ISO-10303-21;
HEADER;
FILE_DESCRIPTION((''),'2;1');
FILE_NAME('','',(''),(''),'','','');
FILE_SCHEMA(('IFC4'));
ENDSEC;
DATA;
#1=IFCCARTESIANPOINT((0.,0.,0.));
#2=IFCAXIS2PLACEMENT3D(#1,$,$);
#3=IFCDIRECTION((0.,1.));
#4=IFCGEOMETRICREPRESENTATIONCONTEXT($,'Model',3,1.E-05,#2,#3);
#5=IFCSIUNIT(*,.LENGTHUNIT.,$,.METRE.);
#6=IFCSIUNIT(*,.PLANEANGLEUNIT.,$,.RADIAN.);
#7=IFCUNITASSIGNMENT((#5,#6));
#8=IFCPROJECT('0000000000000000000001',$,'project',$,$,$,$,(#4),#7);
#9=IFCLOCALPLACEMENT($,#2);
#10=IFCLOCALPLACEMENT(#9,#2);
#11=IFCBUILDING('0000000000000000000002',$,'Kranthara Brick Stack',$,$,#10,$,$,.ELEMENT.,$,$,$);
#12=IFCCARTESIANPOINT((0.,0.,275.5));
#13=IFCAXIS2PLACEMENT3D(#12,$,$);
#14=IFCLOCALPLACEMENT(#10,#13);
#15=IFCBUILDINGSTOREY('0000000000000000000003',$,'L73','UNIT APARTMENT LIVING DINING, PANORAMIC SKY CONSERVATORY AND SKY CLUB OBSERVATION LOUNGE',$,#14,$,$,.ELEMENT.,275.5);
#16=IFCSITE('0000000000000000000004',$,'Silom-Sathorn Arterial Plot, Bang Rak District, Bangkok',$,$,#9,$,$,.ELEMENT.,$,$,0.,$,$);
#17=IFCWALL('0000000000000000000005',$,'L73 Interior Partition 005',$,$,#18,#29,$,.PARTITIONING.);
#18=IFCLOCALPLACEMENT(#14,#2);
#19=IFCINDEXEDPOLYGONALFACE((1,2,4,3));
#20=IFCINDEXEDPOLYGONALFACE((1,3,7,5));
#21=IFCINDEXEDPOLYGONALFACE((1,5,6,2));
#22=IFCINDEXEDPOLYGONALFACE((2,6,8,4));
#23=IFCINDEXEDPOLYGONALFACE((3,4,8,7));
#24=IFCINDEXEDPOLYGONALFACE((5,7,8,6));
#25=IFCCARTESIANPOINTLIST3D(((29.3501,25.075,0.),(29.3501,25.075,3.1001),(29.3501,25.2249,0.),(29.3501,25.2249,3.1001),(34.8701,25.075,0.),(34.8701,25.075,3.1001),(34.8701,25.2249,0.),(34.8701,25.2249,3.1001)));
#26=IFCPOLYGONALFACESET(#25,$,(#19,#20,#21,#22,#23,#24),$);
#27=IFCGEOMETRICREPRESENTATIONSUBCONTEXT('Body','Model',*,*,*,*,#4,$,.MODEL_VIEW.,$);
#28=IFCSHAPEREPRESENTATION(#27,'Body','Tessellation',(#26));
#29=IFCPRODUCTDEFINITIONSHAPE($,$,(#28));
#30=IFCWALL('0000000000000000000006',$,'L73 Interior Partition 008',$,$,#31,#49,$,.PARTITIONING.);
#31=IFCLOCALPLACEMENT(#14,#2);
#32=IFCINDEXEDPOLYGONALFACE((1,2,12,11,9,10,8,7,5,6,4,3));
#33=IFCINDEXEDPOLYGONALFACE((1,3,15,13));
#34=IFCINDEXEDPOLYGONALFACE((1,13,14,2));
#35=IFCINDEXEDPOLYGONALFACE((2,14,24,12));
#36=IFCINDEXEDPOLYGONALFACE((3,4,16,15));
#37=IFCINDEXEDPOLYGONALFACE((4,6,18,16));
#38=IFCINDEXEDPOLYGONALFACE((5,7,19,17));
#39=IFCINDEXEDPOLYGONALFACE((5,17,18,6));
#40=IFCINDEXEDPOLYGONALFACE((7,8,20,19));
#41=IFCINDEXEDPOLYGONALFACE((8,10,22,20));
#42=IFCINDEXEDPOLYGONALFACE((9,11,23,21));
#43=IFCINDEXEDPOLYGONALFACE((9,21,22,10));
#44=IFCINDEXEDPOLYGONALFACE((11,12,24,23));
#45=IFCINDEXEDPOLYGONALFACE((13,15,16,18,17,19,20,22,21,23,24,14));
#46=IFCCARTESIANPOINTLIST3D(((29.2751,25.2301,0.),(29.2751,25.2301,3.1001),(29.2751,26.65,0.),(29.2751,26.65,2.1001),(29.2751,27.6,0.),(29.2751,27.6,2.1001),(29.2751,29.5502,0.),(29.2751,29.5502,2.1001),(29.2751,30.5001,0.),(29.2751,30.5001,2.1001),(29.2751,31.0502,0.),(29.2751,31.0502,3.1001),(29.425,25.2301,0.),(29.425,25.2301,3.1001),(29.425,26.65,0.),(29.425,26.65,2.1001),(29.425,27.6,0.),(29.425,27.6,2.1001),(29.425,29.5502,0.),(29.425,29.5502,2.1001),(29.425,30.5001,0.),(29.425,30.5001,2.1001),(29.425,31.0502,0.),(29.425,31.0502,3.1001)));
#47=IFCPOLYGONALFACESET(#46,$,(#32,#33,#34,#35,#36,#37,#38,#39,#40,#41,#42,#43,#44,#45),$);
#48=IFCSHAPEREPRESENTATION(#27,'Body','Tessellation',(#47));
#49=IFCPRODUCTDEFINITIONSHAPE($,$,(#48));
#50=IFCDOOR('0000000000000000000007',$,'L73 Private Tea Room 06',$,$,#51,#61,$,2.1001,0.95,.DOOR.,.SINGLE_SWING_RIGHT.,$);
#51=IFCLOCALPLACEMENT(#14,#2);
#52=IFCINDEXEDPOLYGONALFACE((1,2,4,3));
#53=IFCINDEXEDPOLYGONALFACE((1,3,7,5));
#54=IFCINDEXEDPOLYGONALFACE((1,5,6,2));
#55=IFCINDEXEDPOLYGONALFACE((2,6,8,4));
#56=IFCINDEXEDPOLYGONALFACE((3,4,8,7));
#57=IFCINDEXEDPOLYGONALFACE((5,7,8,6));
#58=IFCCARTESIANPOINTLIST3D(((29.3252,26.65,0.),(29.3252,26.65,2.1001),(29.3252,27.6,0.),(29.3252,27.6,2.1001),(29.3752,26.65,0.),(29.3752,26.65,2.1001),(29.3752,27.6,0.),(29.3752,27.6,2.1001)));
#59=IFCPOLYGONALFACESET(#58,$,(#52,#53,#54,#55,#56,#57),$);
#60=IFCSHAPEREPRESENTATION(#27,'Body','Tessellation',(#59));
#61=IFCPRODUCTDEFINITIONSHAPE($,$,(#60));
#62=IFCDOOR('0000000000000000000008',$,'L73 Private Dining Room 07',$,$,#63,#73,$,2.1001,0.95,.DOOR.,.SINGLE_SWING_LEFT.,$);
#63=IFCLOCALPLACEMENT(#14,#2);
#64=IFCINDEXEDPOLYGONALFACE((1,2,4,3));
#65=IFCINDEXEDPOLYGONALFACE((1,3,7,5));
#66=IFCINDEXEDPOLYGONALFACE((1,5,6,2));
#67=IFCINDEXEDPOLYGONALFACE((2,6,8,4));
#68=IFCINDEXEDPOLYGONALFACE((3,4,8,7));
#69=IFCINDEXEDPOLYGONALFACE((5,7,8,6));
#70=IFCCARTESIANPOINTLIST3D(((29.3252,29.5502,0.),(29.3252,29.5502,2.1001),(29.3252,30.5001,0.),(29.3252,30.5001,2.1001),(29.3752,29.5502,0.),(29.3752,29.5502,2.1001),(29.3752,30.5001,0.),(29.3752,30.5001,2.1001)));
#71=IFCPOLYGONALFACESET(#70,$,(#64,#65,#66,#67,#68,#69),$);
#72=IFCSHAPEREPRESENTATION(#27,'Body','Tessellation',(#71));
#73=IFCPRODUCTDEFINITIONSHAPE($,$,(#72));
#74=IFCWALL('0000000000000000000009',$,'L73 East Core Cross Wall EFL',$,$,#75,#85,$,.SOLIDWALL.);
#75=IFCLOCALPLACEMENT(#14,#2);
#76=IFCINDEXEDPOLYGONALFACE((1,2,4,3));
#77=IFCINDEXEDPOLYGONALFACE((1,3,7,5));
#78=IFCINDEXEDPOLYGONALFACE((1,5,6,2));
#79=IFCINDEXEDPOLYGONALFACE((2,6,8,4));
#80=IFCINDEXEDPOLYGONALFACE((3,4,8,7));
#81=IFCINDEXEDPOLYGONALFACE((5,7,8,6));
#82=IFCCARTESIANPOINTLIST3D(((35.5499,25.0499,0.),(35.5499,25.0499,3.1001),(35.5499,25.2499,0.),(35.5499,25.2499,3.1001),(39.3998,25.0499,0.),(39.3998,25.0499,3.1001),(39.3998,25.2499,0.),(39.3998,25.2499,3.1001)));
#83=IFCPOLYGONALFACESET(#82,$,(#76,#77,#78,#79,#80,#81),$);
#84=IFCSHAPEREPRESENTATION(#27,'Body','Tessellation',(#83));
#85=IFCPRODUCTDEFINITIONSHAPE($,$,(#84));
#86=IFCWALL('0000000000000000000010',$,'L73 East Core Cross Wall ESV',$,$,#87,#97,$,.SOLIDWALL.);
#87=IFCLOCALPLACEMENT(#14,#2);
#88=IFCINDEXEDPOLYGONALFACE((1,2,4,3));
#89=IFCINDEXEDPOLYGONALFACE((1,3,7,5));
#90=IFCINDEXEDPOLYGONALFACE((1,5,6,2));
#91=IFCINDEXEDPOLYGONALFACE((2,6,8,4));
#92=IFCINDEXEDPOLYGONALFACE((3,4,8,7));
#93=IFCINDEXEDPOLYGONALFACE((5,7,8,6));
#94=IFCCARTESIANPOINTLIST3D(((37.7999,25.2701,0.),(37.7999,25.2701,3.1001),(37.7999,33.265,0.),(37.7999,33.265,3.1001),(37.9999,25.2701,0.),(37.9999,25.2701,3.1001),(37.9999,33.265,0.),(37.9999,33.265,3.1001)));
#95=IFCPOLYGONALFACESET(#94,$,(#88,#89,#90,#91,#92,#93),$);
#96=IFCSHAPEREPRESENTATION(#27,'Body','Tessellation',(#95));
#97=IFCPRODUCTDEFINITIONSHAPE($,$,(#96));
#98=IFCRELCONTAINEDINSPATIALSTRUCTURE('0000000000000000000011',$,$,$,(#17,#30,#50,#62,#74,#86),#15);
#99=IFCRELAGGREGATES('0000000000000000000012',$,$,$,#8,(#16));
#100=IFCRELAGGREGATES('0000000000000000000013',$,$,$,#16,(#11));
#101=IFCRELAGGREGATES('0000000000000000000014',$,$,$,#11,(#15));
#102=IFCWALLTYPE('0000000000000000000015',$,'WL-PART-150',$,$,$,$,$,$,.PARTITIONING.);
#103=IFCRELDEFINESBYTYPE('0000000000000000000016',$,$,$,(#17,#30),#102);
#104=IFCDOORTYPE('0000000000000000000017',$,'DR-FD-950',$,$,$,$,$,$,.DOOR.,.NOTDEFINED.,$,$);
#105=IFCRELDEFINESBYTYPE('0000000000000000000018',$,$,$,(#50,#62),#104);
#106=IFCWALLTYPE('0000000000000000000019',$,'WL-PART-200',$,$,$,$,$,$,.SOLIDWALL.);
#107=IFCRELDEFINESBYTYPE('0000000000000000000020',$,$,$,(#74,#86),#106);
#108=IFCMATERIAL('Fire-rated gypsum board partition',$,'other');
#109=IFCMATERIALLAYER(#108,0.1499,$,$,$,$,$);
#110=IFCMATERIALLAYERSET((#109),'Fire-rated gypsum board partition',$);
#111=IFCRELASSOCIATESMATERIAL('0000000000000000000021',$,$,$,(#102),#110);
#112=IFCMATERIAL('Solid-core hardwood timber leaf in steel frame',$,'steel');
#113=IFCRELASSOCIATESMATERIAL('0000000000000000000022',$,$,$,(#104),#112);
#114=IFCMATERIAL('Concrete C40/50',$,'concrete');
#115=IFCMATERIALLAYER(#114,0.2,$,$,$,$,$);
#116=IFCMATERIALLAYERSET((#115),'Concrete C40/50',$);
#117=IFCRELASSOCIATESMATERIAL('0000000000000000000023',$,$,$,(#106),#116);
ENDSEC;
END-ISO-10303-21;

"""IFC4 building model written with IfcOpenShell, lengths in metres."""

from ifc_helpers import new_model, si_unit, direction, frame, frame_2d, origin, place, context, subcontext, project, spatial, rectangle, extrude, material, layer, layer_set, type_object, element, fill, save


model = new_model("IFC4")

# Units and contexts
model_context = context("Model", 3, precision=1e-05, world=origin(), true_north=direction((0.0, 1.0)))
body_context = subcontext(model_context, "Body", "Model", "MODEL_VIEW")
ifc_project = project(units=[si_unit("LENGTHUNIT", "METRE"), si_unit("PLANEANGLEUNIT", "RADIAN")], contexts=[model_context])

# Site, building, storey
site_placement = place(None, origin())
site = spatial("IfcSite", under=ifc_project, at=site_placement, Name="Silom-Sathorn Arterial Plot, Bang Rak District, Bangkok", CompositionType="ELEMENT", RefElevation=0.0)
building_placement = place(site_placement, origin())
building = spatial("IfcBuilding", under=site, at=building_placement, Name="Kranthara Brick Stack", CompositionType="ELEMENT")
storey_placement = place(building_placement, frame((0.0, 0.0, 275.5)))
storey = spatial("IfcBuildingStorey", under=building, at=storey_placement, Name="L73", Description="UNIT APARTMENT LIVING DINING, PANORAMIC SKY CONSERVATORY AND SKY CLUB OBSERVATION LOUNGE", CompositionType="ELEMENT", Elevation=275.5)

# Wall
ifc_material_1 = material(Name="Fire-rated gypsum board partition", Category="other")
ifc_layer_1 = layer(ifc_material_1, 0.1499)
ifc_layer_set_1 = layer_set([ifc_layer_1], Name="Fire-rated gypsum board partition")
wall_type_1 = type_object("IfcWallType", Name="WL-PART-150", PredefinedType="PARTITIONING", material=ifc_layer_set_1)
wall_1_placement = place(storey_placement, frame((29.3501, 25.1499, 0.0), z_axis=(0.0, 0.0, 1.0), x_axis=(1.0, 0.0, 0.0)))
element("IfcWall", 1, at=wall_1_placement, inside=storey, type_object=wall_type_1, Name="L73 Interior Partition 005", PredefinedType="PARTITIONING", context=body_context, shape_type="SweptSolid", body=[
    extrude(rectangle(XDim=5.52, YDim=0.1499, at=frame_2d((2.76, 0.0))), origin(), (0.0, 0.0, 1.0), 3.1001),
])

# Wall, openings, doors
wall_2_placement = place(storey_placement, frame((29.3501, 25.23, 0.0), z_axis=(0.0, 0.0, 1.0), x_axis=(0.0, 1.0, 0.0)))
wall_2 = element("IfcWall", 2, at=wall_2_placement, inside=storey, type_object=wall_type_1, Name="L73 Interior Partition 008", PredefinedType="PARTITIONING", context=body_context, shape_type="SweptSolid", body=[
    extrude(rectangle(XDim=5.8201, YDim=0.1499, at=frame_2d((2.9102, 0.0))), origin(), (0.0, 0.0, 1.0), 3.1001),
])
opening_1_placement = place(wall_2_placement, frame((1.4199, 0.0, 0.0)))
opening_1 = element("IfcOpeningElement", 3, at=opening_1_placement, cuts=wall_2, PredefinedType="OPENING", context=body_context, shape_type="SweptSolid", body=[
    extrude(rectangle(XDim=0.95, YDim=2.1001, at=frame_2d((0.4751, 1.05))), frame((0.0, 0.085, 0.0), z_axis=(0.0, -1.0, 0.0), x_axis=(1.0, 0.0, 0.0)), (0.0, 0.0, 1.0), 0.1699),
])
opening_2_placement = place(wall_2_placement, frame((4.3201, 0.0, 0.0)))
opening_2 = element("IfcOpeningElement", 4, at=opening_2_placement, cuts=wall_2, PredefinedType="OPENING", context=body_context, shape_type="SweptSolid", body=[
    extrude(rectangle(XDim=0.95, YDim=2.1001, at=frame_2d((0.4751, 1.05))), frame((0.0, 0.085, 0.0), z_axis=(0.0, -1.0, 0.0), x_axis=(1.0, 0.0, 0.0)), (0.0, 0.0, 1.0), 0.1699),
])
ifc_material_2 = material(Name="Solid-core hardwood timber leaf in steel frame", Category="steel")
door_type_1 = type_object("IfcDoorType", Name="DR-FD-950", OperationType="NOTDEFINED", PredefinedType="DOOR", material=ifc_material_2)
door_1_placement = place(opening_1_placement, origin())
door_1 = element("IfcDoor", 5, at=door_1_placement, inside=storey, type_object=door_type_1, Name="L73 Private Tea Room 06", OperationType="SINGLE_SWING_RIGHT", OverallHeight=2.1001, OverallWidth=0.95, PredefinedType="DOOR", context=body_context, shape_type="SweptSolid", body=[
    extrude(rectangle(XDim=0.95, YDim=2.1001, at=frame_2d((0.4751, 1.05))), frame((0.0, 0.0249, 0.0), z_axis=(0.0, -1.0, 0.0), x_axis=(1.0, 0.0, 0.0)), (0.0, 0.0, 1.0), 0.05),
])
fill(opening_1, door_1)
door_2_placement = place(opening_2_placement, origin())
door_2 = element("IfcDoor", 6, at=door_2_placement, inside=storey, type_object=door_type_1, Name="L73 Private Dining Room 07", OperationType="SINGLE_SWING_LEFT", OverallHeight=2.1001, OverallWidth=0.95, PredefinedType="DOOR", context=body_context, shape_type="SweptSolid", body=[
    extrude(rectangle(XDim=0.95, YDim=2.1001, at=frame_2d((0.4751, 1.05))), frame((0.0, 0.0249, 0.0), z_axis=(0.0, -1.0, 0.0), x_axis=(1.0, 0.0, 0.0)), (0.0, 0.0, 1.0), 0.05),
])
fill(opening_2, door_2)

# Walls
ifc_material_3 = material(Name="Concrete C40/50", Category="concrete")
ifc_layer_2 = layer(ifc_material_3, 0.2)
ifc_layer_set_2 = layer_set([ifc_layer_2], Name="Concrete C40/50")
wall_type_2 = type_object("IfcWallType", Name="WL-PART-200", PredefinedType="SOLIDWALL", material=ifc_layer_set_2)
wall_3_placement = place(storey_placement, frame((35.55, 25.1499, 0.0), z_axis=(0.0, 0.0, 1.0), x_axis=(1.0, 0.0, 0.0)))
element("IfcWall", 7, at=wall_3_placement, inside=storey, type_object=wall_type_2, Name="L73 East Core Cross Wall EFL", PredefinedType="SOLIDWALL", context=body_context, shape_type="SweptSolid", body=[
    extrude(rectangle(XDim=3.8499, YDim=0.2, at=frame_2d((1.9248, 0.0))), origin(), (0.0, 0.0, 1.0), 3.1001),
])
wall_4_placement = place(storey_placement, frame((37.8999, 25.27, 0.0), z_axis=(0.0, 0.0, 1.0), x_axis=(0.0, 1.0, 0.0)))
element("IfcWall", 8, at=wall_4_placement, inside=storey, type_object=wall_type_2, Name="L73 East Core Cross Wall ESV", PredefinedType="SOLIDWALL", context=body_context, shape_type="SweptSolid", body=[
    extrude(rectangle(XDim=7.9949, YDim=0.2, at=frame_2d((3.9976, 0.0))), origin(), (0.0, 0.0, 1.0), 3.1001),
])

save(model, "model.ifc")
